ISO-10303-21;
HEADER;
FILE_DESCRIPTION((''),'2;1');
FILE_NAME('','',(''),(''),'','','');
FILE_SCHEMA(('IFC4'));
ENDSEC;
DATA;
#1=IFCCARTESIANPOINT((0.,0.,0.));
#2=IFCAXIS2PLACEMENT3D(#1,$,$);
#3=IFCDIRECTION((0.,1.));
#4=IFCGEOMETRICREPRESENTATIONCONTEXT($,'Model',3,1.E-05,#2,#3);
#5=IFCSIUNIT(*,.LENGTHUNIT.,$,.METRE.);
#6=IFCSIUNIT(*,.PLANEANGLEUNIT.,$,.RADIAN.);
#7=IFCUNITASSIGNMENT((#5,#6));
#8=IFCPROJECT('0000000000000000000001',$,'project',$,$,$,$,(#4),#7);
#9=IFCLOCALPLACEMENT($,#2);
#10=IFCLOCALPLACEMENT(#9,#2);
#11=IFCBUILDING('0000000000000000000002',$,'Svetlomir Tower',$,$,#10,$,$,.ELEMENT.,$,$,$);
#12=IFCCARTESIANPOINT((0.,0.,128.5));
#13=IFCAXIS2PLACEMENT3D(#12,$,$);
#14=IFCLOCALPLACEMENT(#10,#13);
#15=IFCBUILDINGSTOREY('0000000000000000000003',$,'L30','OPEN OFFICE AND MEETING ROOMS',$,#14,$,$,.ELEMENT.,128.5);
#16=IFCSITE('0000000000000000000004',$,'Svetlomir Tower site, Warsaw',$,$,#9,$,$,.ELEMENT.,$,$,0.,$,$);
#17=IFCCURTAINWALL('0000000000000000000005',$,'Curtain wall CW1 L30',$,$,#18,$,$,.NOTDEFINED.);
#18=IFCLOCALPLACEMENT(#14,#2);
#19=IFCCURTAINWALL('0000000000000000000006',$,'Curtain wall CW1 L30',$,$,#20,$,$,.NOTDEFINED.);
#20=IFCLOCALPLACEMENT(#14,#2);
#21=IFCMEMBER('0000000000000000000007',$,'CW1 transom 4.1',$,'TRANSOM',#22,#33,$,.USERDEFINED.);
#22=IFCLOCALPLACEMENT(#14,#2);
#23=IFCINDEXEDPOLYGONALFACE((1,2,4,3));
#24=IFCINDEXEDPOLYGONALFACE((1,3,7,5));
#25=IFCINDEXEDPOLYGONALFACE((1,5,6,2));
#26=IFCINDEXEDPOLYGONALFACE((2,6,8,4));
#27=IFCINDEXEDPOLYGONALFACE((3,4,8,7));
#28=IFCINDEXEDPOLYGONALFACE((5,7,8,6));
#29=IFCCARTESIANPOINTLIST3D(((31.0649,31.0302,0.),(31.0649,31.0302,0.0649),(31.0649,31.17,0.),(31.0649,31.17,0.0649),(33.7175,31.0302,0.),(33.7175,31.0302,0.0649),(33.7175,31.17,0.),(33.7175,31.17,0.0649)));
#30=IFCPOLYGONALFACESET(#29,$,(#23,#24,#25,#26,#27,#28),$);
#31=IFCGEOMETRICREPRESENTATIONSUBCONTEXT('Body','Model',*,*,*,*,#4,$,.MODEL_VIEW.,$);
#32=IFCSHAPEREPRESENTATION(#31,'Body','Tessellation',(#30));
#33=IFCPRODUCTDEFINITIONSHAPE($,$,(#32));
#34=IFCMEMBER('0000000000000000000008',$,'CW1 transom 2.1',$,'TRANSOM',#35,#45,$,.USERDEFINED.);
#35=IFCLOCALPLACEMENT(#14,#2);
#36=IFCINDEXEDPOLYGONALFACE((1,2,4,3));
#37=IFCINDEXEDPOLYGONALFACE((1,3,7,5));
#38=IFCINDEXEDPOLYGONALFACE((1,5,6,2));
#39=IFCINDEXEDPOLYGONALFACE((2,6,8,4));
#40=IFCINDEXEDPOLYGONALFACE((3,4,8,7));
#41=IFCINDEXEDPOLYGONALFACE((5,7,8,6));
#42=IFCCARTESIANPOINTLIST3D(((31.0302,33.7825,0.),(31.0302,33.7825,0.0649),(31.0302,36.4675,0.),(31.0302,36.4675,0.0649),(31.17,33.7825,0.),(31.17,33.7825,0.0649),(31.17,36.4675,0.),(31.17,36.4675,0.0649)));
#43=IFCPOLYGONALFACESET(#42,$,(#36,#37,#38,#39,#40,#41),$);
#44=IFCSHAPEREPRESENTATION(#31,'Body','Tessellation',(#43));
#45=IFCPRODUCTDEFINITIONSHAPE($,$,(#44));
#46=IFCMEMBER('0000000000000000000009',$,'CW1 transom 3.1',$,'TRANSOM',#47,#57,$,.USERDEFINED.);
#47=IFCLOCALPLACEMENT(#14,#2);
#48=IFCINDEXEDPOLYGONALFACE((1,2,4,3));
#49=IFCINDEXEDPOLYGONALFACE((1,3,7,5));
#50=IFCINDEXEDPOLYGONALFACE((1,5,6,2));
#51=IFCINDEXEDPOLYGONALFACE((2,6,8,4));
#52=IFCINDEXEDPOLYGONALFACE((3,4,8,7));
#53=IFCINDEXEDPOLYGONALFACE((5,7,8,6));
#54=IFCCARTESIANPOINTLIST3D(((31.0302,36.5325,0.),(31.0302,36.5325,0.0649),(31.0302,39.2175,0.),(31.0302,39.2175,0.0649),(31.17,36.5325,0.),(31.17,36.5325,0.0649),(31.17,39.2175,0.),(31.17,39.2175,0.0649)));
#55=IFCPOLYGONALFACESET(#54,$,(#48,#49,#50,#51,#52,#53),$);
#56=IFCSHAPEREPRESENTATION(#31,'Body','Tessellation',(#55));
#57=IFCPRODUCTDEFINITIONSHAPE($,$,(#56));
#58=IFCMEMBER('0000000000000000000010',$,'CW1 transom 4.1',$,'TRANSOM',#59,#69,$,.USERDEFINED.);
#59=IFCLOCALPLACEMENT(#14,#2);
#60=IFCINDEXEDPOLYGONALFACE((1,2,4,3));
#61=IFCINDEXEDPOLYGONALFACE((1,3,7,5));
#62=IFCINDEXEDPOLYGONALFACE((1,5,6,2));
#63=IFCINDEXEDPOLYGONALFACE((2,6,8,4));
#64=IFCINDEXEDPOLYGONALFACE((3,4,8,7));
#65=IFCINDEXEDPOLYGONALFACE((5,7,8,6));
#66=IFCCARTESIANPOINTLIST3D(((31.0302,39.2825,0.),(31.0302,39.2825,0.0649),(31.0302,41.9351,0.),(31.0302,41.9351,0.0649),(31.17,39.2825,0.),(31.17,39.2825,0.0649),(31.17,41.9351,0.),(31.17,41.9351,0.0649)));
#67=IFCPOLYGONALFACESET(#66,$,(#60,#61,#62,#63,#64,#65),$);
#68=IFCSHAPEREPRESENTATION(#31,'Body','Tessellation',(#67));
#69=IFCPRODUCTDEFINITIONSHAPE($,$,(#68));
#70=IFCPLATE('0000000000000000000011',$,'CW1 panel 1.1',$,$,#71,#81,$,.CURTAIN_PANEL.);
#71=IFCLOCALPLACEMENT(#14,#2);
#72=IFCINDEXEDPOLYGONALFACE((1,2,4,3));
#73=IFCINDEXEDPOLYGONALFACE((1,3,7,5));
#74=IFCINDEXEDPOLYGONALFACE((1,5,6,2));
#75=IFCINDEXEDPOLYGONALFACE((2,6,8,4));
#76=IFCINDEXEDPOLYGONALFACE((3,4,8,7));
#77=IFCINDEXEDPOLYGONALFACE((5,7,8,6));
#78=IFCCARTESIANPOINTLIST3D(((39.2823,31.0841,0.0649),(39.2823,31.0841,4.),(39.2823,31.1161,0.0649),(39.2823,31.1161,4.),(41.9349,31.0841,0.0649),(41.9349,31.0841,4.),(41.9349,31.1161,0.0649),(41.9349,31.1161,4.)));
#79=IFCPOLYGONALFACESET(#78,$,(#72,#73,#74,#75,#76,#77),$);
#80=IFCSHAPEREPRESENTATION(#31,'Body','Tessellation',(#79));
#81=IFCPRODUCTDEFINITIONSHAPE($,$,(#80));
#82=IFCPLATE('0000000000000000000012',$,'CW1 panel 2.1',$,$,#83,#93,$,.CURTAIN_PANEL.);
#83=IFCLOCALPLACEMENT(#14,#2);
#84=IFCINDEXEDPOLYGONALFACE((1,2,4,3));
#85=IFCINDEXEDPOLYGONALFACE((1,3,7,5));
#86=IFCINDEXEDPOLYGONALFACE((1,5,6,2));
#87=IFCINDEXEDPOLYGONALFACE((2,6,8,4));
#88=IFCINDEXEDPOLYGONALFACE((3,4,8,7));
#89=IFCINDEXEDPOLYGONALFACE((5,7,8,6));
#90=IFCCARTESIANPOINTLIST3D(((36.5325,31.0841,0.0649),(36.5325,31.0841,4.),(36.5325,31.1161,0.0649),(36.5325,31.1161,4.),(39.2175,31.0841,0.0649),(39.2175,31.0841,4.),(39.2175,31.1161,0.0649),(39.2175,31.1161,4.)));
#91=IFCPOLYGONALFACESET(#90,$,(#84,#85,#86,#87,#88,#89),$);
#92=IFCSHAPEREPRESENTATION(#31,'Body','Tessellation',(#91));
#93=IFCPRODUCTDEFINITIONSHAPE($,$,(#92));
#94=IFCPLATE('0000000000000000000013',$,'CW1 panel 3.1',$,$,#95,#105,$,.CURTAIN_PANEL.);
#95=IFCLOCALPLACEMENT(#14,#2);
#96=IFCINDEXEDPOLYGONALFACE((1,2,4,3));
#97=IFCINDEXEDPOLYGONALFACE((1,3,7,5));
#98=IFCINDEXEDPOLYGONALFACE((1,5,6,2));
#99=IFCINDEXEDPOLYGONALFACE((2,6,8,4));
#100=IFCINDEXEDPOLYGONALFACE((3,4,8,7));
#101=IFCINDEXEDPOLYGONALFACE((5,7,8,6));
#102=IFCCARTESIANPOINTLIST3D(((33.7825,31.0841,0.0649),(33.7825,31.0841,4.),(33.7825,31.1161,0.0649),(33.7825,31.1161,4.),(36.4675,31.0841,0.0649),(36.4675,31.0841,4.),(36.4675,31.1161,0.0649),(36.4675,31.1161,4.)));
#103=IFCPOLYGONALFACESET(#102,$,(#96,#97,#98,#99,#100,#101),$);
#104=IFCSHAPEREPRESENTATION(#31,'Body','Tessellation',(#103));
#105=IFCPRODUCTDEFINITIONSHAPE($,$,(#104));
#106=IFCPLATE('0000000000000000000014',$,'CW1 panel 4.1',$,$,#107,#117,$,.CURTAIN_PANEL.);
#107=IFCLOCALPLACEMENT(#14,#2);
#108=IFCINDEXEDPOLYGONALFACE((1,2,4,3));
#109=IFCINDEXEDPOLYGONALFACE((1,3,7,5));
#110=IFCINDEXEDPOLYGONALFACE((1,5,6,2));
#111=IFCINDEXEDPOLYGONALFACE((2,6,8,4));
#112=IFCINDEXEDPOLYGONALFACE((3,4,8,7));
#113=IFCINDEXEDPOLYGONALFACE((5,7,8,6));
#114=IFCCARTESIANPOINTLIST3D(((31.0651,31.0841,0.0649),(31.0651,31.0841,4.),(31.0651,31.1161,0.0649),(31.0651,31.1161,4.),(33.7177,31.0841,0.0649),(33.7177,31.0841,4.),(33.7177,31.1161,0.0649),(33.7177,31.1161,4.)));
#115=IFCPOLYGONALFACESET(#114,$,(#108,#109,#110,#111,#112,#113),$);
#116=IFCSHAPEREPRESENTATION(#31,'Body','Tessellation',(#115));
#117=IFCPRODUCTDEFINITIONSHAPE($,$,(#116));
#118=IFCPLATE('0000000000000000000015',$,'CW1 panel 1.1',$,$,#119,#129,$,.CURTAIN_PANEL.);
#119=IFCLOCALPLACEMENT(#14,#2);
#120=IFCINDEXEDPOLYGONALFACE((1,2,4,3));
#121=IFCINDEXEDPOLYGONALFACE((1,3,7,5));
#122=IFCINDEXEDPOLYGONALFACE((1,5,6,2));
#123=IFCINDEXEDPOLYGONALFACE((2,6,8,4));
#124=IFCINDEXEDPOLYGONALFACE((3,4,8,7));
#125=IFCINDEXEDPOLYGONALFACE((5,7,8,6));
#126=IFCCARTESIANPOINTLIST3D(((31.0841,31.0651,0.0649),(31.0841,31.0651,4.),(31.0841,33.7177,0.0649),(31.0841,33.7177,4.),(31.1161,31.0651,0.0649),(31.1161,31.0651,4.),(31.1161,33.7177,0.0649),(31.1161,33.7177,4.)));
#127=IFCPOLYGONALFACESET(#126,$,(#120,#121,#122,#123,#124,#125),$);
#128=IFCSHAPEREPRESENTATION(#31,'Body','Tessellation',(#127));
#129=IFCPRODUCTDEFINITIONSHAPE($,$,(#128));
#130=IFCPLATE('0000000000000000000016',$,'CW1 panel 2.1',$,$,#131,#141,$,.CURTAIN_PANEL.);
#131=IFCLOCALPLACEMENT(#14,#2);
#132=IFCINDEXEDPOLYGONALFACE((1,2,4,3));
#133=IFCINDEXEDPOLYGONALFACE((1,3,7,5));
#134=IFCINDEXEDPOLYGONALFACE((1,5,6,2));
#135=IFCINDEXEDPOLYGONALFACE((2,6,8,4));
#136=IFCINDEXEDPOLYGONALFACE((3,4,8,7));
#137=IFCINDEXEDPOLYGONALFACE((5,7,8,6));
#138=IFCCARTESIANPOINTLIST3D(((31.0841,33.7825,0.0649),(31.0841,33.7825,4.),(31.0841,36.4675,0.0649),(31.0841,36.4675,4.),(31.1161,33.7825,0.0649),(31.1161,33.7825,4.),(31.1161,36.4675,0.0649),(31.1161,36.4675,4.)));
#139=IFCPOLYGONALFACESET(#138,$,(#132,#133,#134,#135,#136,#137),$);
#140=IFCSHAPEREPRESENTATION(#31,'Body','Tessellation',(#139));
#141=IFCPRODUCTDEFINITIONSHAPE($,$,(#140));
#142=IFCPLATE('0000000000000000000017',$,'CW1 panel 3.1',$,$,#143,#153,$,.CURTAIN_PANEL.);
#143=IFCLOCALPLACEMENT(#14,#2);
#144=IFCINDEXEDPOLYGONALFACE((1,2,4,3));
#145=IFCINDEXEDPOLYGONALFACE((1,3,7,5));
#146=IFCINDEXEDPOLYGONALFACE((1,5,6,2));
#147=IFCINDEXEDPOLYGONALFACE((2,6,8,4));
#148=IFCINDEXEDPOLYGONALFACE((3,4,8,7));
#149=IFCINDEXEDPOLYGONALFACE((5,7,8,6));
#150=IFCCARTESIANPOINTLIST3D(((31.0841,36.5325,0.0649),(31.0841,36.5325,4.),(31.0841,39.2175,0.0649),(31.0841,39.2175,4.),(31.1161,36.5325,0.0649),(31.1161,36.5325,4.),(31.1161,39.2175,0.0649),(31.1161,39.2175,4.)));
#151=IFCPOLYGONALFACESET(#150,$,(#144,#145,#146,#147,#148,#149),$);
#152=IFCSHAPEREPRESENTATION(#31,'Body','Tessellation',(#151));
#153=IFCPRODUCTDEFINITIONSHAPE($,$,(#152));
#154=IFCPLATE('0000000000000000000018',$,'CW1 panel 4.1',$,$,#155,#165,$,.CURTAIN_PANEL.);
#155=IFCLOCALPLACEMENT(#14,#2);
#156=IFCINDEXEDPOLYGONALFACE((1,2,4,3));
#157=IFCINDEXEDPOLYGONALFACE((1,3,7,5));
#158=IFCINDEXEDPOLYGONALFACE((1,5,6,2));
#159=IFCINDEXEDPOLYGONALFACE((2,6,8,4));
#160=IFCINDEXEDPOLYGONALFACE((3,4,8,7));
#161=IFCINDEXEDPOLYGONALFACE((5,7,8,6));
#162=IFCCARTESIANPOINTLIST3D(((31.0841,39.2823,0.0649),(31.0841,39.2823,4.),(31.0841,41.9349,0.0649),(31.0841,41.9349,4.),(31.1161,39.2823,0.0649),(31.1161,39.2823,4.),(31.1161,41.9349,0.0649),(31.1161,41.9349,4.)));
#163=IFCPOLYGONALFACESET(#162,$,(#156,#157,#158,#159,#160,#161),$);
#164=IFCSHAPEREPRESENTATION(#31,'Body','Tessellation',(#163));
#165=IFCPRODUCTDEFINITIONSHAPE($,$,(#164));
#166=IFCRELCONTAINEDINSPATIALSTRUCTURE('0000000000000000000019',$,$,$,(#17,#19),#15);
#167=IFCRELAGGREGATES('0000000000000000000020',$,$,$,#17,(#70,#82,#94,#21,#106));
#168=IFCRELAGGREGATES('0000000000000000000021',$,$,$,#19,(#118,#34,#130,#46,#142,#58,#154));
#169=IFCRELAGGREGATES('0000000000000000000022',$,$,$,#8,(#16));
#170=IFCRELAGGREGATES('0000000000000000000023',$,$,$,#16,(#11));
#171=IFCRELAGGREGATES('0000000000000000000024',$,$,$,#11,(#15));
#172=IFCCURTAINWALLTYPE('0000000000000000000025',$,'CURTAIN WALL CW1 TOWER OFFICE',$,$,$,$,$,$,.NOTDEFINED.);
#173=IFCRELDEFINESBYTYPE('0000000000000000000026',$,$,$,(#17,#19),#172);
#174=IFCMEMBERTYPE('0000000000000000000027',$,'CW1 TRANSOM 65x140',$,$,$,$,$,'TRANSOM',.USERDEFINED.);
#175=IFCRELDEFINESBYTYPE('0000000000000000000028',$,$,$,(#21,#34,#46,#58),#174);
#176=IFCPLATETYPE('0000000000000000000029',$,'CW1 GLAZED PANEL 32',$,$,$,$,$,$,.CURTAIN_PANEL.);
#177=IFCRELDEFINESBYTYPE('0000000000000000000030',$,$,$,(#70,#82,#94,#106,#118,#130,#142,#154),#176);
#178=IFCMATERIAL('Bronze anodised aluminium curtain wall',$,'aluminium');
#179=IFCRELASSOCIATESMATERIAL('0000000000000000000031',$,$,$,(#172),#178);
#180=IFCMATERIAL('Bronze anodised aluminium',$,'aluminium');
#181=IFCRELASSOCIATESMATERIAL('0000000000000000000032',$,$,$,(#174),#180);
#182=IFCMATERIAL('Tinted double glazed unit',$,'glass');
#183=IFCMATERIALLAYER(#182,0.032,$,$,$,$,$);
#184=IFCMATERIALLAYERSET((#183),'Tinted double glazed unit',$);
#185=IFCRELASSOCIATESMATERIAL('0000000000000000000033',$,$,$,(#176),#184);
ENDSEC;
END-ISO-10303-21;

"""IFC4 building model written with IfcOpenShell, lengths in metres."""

from ifc_helpers import new_model, si_unit, direction, frame, origin, origin_2d, place, context, subcontext, project, spatial, rectangle, extrude, material, layer, layer_set, material_profile, profile_set, type_object, element, aggregate, save


model = new_model("IFC4")

# Units and contexts
model_context = context("Model", 3, precision=1e-05, world=origin(), true_north=direction((0.0, 1.0)))
body_context = subcontext(model_context, "Body", "Model", "MODEL_VIEW")
ifc_project = project(units=[si_unit("LENGTHUNIT", "METRE"), si_unit("PLANEANGLEUNIT", "RADIAN")], contexts=[model_context])

# Site, building, storey
site_placement = place(None, origin())
site = spatial("IfcSite", under=ifc_project, at=site_placement, Name="Svetlomir Tower site, Warsaw", CompositionType="ELEMENT", RefElevation=0.0)
building_placement = place(site_placement, origin())
building = spatial("IfcBuilding", under=site, at=building_placement, Name="Svetlomir Tower", CompositionType="ELEMENT")
storey_placement = place(building_placement, frame((0.0, 0.0, 128.5)))
storey = spatial("IfcBuildingStorey", under=building, at=storey_placement, Name="L30", Description="OPEN OFFICE AND MEETING ROOMS", CompositionType="ELEMENT", Elevation=128.5)

# Curtain walls
ifc_material_1 = material(Name="Bronze anodised aluminium curtain wall", Category="aluminium")
curtain_wall_type = type_object("IfcCurtainWallType", Name="CURTAIN WALL CW1 TOWER OFFICE", PredefinedType="NOTDEFINED", material=ifc_material_1)
curtain_wall_1_placement = place(storey_placement, origin())
curtain_wall_1 = element("IfcCurtainWall", 1, at=curtain_wall_1_placement, inside=storey, type_object=curtain_wall_type, Name="Curtain wall CW1 L30", PredefinedType="NOTDEFINED")
curtain_wall_2_placement = place(storey_placement, origin())
curtain_wall_2 = element("IfcCurtainWall", 2, at=curtain_wall_2_placement, inside=storey, type_object=curtain_wall_type, Name="Curtain wall CW1 L30", PredefinedType="NOTDEFINED")

# Members
ifc_material_2 = material(Name="Bronze anodised aluminium", Category="aluminium")
ifc_material_profile_1 = material_profile(ifc_material_2, rectangle(XDim=0.1399, YDim=0.0649, at=origin_2d()), Name="AL 140x65")
ifc_profile_set_1 = profile_set([ifc_material_profile_1], Name="Bronze anodised aluminium 6063-T6")
member_type_1 = type_object("IfcMemberType", Name="CW1 TRANSOM 65x140", ElementType="TRANSOM", PredefinedType="USERDEFINED", material=ifc_profile_set_1)
member_1_placement = place(storey_placement, frame((33.7175, 31.1001, 0.0325), z_axis=(-1.0, 0.0, 0.0), x_axis=(0.0, -1.0, 0.0)))
member_1 = element("IfcMember", 3, at=member_1_placement, type_object=member_type_1, Name="CW1 transom 4.1", ObjectType="TRANSOM", PredefinedType="USERDEFINED", context=body_context, shape_type="SweptSolid", body=[
    extrude(rectangle(XDim=0.1399, YDim=0.0649, at=origin_2d()), origin(), (0.0, 0.0, 1.0), 2.6526),
])
member_2_placement = place(storey_placement, frame((31.1001, 33.7825, 0.0325), z_axis=(0.0, 1.0, 0.0), x_axis=(-1.0, 0.0, 0.0)))
member_2 = element("IfcMember", 4, at=member_2_placement, type_object=member_type_1, Name="CW1 transom 2.1", ObjectType="TRANSOM", PredefinedType="USERDEFINED", context=body_context, shape_type="SweptSolid", body=[
    extrude(rectangle(XDim=0.1399, YDim=0.0649, at=origin_2d()), origin(), (0.0, 0.0, 1.0), 2.6851),
])
member_3_placement = place(storey_placement, frame((31.1001, 36.5325, 0.0325), z_axis=(0.0, 1.0, 0.0), x_axis=(-1.0, 0.0, 0.0)))
member_3 = element("IfcMember", 5, at=member_3_placement, type_object=member_type_1, Name="CW1 transom 3.1", ObjectType="TRANSOM", PredefinedType="USERDEFINED", context=body_context, shape_type="SweptSolid", body=[
    extrude(rectangle(XDim=0.1399, YDim=0.0649, at=origin_2d()), origin(), (0.0, 0.0, 1.0), 2.6851),
])
member_4_placement = place(storey_placement, frame((31.1001, 39.2825, 0.0325), z_axis=(0.0, 1.0, 0.0), x_axis=(-1.0, 0.0, 0.0)))
member_4 = element("IfcMember", 6, at=member_4_placement, type_object=member_type_1, Name="CW1 transom 4.1", ObjectType="TRANSOM", PredefinedType="USERDEFINED", context=body_context, shape_type="SweptSolid", body=[
    extrude(rectangle(XDim=0.1399, YDim=0.0649, at=origin_2d()), origin(), (0.0, 0.0, 1.0), 2.6526),
])

# Plates
ifc_material_3 = material(Name="Tinted double glazed unit", Category="glass")
ifc_layer = layer(ifc_material_3, 0.032)
ifc_layer_set = layer_set([ifc_layer], Name="Tinted double glazed unit")
plate_type = type_object("IfcPlateType", Name="CW1 GLAZED PANEL 32", PredefinedType="CURTAIN_PANEL", material=ifc_layer_set)
plate_1_placement = place(storey_placement, frame((40.6086, 31.1001, 0.0649), z_axis=(0.0, 0.0, 1.0), x_axis=(-1.0, 0.0, 0.0)))
plate_1 = element("IfcPlate", 7, at=plate_1_placement, type_object=plate_type, Name="CW1 panel 1.1", PredefinedType="CURTAIN_PANEL", context=body_context, shape_type="SweptSolid", body=[
    extrude(rectangle(XDim=2.6526, YDim=0.032, at=origin_2d()), origin(), (0.0, 0.0, 1.0), 3.9351),
])
plate_2_placement = place(storey_placement, frame((37.875, 31.1001, 0.0649), z_axis=(0.0, 0.0, 1.0), x_axis=(-1.0, 0.0, 0.0)))
plate_2 = element("IfcPlate", 8, at=plate_2_placement, type_object=plate_type, Name="CW1 panel 2.1", PredefinedType="CURTAIN_PANEL", context=body_context, shape_type="SweptSolid", body=[
    extrude(rectangle(XDim=2.6851, YDim=0.032, at=origin_2d()), origin(), (0.0, 0.0, 1.0), 3.9351),
])
plate_3_placement = place(storey_placement, frame((35.125, 31.1001, 0.0649), z_axis=(0.0, 0.0, 1.0), x_axis=(-1.0, 0.0, 0.0)))
plate_3 = element("IfcPlate", 9, at=plate_3_placement, type_object=plate_type, Name="CW1 panel 3.1", PredefinedType="CURTAIN_PANEL", context=body_context, shape_type="SweptSolid", body=[
    extrude(rectangle(XDim=2.6851, YDim=0.032, at=origin_2d()), origin(), (0.0, 0.0, 1.0), 3.9351),
])
plate_4_placement = place(storey_placement, frame((32.3914, 31.1001, 0.0649), z_axis=(0.0, 0.0, 1.0), x_axis=(-1.0, 0.0, 0.0)))
plate_4 = element("IfcPlate", 10, at=plate_4_placement, type_object=plate_type, Name="CW1 panel 4.1", PredefinedType="CURTAIN_PANEL", context=body_context, shape_type="SweptSolid", body=[
    extrude(rectangle(XDim=2.6526, YDim=0.032, at=origin_2d()), origin(), (0.0, 0.0, 1.0), 3.9351),
])
aggregate(curtain_wall_1, [plate_1, plate_2, plate_3, member_1, plate_4])
plate_5_placement = place(storey_placement, frame((31.1001, 32.3914, 0.0649), z_axis=(0.0, 0.0, 1.0), x_axis=(0.0, 1.0, 0.0)))
plate_5 = element("IfcPlate", 11, at=plate_5_placement, type_object=plate_type, Name="CW1 panel 1.1", PredefinedType="CURTAIN_PANEL", context=body_context, shape_type="SweptSolid", body=[
    extrude(rectangle(XDim=2.6526, YDim=0.032, at=origin_2d()), origin(), (0.0, 0.0, 1.0), 3.9351),
])
plate_6_placement = place(storey_placement, frame((31.1001, 35.125, 0.0649), z_axis=(0.0, 0.0, 1.0), x_axis=(0.0, 1.0, 0.0)))
plate_6 = element("IfcPlate", 12, at=plate_6_placement, type_object=plate_type, Name="CW1 panel 2.1", PredefinedType="CURTAIN_PANEL", context=body_context, shape_type="SweptSolid", body=[
    extrude(rectangle(XDim=2.6851, YDim=0.032, at=origin_2d()), origin(), (0.0, 0.0, 1.0), 3.9351),
])
plate_7_placement = place(storey_placement, frame((31.1001, 37.875, 0.0649), z_axis=(0.0, 0.0, 1.0), x_axis=(0.0, 1.0, 0.0)))
plate_7 = element("IfcPlate", 13, at=plate_7_placement, type_object=plate_type, Name="CW1 panel 3.1", PredefinedType="CURTAIN_PANEL", context=body_context, shape_type="SweptSolid", body=[
    extrude(rectangle(XDim=2.6851, YDim=0.032, at=origin_2d()), origin(), (0.0, 0.0, 1.0), 3.9351),
])
plate_8_placement = place(storey_placement, frame((31.1001, 40.6086, 0.0649), z_axis=(0.0, 0.0, 1.0), x_axis=(0.0, 1.0, 0.0)))
plate_8 = element("IfcPlate", 14, at=plate_8_placement, type_object=plate_type, Name="CW1 panel 4.1", PredefinedType="CURTAIN_PANEL", context=body_context, shape_type="SweptSolid", body=[
    extrude(rectangle(XDim=2.6526, YDim=0.032, at=origin_2d()), origin(), (0.0, 0.0, 1.0), 3.9351),
])
aggregate(curtain_wall_2, [plate_5, member_2, plate_6, member_3, plate_7, member_4, plate_8])

save(model, "model.ifc")
